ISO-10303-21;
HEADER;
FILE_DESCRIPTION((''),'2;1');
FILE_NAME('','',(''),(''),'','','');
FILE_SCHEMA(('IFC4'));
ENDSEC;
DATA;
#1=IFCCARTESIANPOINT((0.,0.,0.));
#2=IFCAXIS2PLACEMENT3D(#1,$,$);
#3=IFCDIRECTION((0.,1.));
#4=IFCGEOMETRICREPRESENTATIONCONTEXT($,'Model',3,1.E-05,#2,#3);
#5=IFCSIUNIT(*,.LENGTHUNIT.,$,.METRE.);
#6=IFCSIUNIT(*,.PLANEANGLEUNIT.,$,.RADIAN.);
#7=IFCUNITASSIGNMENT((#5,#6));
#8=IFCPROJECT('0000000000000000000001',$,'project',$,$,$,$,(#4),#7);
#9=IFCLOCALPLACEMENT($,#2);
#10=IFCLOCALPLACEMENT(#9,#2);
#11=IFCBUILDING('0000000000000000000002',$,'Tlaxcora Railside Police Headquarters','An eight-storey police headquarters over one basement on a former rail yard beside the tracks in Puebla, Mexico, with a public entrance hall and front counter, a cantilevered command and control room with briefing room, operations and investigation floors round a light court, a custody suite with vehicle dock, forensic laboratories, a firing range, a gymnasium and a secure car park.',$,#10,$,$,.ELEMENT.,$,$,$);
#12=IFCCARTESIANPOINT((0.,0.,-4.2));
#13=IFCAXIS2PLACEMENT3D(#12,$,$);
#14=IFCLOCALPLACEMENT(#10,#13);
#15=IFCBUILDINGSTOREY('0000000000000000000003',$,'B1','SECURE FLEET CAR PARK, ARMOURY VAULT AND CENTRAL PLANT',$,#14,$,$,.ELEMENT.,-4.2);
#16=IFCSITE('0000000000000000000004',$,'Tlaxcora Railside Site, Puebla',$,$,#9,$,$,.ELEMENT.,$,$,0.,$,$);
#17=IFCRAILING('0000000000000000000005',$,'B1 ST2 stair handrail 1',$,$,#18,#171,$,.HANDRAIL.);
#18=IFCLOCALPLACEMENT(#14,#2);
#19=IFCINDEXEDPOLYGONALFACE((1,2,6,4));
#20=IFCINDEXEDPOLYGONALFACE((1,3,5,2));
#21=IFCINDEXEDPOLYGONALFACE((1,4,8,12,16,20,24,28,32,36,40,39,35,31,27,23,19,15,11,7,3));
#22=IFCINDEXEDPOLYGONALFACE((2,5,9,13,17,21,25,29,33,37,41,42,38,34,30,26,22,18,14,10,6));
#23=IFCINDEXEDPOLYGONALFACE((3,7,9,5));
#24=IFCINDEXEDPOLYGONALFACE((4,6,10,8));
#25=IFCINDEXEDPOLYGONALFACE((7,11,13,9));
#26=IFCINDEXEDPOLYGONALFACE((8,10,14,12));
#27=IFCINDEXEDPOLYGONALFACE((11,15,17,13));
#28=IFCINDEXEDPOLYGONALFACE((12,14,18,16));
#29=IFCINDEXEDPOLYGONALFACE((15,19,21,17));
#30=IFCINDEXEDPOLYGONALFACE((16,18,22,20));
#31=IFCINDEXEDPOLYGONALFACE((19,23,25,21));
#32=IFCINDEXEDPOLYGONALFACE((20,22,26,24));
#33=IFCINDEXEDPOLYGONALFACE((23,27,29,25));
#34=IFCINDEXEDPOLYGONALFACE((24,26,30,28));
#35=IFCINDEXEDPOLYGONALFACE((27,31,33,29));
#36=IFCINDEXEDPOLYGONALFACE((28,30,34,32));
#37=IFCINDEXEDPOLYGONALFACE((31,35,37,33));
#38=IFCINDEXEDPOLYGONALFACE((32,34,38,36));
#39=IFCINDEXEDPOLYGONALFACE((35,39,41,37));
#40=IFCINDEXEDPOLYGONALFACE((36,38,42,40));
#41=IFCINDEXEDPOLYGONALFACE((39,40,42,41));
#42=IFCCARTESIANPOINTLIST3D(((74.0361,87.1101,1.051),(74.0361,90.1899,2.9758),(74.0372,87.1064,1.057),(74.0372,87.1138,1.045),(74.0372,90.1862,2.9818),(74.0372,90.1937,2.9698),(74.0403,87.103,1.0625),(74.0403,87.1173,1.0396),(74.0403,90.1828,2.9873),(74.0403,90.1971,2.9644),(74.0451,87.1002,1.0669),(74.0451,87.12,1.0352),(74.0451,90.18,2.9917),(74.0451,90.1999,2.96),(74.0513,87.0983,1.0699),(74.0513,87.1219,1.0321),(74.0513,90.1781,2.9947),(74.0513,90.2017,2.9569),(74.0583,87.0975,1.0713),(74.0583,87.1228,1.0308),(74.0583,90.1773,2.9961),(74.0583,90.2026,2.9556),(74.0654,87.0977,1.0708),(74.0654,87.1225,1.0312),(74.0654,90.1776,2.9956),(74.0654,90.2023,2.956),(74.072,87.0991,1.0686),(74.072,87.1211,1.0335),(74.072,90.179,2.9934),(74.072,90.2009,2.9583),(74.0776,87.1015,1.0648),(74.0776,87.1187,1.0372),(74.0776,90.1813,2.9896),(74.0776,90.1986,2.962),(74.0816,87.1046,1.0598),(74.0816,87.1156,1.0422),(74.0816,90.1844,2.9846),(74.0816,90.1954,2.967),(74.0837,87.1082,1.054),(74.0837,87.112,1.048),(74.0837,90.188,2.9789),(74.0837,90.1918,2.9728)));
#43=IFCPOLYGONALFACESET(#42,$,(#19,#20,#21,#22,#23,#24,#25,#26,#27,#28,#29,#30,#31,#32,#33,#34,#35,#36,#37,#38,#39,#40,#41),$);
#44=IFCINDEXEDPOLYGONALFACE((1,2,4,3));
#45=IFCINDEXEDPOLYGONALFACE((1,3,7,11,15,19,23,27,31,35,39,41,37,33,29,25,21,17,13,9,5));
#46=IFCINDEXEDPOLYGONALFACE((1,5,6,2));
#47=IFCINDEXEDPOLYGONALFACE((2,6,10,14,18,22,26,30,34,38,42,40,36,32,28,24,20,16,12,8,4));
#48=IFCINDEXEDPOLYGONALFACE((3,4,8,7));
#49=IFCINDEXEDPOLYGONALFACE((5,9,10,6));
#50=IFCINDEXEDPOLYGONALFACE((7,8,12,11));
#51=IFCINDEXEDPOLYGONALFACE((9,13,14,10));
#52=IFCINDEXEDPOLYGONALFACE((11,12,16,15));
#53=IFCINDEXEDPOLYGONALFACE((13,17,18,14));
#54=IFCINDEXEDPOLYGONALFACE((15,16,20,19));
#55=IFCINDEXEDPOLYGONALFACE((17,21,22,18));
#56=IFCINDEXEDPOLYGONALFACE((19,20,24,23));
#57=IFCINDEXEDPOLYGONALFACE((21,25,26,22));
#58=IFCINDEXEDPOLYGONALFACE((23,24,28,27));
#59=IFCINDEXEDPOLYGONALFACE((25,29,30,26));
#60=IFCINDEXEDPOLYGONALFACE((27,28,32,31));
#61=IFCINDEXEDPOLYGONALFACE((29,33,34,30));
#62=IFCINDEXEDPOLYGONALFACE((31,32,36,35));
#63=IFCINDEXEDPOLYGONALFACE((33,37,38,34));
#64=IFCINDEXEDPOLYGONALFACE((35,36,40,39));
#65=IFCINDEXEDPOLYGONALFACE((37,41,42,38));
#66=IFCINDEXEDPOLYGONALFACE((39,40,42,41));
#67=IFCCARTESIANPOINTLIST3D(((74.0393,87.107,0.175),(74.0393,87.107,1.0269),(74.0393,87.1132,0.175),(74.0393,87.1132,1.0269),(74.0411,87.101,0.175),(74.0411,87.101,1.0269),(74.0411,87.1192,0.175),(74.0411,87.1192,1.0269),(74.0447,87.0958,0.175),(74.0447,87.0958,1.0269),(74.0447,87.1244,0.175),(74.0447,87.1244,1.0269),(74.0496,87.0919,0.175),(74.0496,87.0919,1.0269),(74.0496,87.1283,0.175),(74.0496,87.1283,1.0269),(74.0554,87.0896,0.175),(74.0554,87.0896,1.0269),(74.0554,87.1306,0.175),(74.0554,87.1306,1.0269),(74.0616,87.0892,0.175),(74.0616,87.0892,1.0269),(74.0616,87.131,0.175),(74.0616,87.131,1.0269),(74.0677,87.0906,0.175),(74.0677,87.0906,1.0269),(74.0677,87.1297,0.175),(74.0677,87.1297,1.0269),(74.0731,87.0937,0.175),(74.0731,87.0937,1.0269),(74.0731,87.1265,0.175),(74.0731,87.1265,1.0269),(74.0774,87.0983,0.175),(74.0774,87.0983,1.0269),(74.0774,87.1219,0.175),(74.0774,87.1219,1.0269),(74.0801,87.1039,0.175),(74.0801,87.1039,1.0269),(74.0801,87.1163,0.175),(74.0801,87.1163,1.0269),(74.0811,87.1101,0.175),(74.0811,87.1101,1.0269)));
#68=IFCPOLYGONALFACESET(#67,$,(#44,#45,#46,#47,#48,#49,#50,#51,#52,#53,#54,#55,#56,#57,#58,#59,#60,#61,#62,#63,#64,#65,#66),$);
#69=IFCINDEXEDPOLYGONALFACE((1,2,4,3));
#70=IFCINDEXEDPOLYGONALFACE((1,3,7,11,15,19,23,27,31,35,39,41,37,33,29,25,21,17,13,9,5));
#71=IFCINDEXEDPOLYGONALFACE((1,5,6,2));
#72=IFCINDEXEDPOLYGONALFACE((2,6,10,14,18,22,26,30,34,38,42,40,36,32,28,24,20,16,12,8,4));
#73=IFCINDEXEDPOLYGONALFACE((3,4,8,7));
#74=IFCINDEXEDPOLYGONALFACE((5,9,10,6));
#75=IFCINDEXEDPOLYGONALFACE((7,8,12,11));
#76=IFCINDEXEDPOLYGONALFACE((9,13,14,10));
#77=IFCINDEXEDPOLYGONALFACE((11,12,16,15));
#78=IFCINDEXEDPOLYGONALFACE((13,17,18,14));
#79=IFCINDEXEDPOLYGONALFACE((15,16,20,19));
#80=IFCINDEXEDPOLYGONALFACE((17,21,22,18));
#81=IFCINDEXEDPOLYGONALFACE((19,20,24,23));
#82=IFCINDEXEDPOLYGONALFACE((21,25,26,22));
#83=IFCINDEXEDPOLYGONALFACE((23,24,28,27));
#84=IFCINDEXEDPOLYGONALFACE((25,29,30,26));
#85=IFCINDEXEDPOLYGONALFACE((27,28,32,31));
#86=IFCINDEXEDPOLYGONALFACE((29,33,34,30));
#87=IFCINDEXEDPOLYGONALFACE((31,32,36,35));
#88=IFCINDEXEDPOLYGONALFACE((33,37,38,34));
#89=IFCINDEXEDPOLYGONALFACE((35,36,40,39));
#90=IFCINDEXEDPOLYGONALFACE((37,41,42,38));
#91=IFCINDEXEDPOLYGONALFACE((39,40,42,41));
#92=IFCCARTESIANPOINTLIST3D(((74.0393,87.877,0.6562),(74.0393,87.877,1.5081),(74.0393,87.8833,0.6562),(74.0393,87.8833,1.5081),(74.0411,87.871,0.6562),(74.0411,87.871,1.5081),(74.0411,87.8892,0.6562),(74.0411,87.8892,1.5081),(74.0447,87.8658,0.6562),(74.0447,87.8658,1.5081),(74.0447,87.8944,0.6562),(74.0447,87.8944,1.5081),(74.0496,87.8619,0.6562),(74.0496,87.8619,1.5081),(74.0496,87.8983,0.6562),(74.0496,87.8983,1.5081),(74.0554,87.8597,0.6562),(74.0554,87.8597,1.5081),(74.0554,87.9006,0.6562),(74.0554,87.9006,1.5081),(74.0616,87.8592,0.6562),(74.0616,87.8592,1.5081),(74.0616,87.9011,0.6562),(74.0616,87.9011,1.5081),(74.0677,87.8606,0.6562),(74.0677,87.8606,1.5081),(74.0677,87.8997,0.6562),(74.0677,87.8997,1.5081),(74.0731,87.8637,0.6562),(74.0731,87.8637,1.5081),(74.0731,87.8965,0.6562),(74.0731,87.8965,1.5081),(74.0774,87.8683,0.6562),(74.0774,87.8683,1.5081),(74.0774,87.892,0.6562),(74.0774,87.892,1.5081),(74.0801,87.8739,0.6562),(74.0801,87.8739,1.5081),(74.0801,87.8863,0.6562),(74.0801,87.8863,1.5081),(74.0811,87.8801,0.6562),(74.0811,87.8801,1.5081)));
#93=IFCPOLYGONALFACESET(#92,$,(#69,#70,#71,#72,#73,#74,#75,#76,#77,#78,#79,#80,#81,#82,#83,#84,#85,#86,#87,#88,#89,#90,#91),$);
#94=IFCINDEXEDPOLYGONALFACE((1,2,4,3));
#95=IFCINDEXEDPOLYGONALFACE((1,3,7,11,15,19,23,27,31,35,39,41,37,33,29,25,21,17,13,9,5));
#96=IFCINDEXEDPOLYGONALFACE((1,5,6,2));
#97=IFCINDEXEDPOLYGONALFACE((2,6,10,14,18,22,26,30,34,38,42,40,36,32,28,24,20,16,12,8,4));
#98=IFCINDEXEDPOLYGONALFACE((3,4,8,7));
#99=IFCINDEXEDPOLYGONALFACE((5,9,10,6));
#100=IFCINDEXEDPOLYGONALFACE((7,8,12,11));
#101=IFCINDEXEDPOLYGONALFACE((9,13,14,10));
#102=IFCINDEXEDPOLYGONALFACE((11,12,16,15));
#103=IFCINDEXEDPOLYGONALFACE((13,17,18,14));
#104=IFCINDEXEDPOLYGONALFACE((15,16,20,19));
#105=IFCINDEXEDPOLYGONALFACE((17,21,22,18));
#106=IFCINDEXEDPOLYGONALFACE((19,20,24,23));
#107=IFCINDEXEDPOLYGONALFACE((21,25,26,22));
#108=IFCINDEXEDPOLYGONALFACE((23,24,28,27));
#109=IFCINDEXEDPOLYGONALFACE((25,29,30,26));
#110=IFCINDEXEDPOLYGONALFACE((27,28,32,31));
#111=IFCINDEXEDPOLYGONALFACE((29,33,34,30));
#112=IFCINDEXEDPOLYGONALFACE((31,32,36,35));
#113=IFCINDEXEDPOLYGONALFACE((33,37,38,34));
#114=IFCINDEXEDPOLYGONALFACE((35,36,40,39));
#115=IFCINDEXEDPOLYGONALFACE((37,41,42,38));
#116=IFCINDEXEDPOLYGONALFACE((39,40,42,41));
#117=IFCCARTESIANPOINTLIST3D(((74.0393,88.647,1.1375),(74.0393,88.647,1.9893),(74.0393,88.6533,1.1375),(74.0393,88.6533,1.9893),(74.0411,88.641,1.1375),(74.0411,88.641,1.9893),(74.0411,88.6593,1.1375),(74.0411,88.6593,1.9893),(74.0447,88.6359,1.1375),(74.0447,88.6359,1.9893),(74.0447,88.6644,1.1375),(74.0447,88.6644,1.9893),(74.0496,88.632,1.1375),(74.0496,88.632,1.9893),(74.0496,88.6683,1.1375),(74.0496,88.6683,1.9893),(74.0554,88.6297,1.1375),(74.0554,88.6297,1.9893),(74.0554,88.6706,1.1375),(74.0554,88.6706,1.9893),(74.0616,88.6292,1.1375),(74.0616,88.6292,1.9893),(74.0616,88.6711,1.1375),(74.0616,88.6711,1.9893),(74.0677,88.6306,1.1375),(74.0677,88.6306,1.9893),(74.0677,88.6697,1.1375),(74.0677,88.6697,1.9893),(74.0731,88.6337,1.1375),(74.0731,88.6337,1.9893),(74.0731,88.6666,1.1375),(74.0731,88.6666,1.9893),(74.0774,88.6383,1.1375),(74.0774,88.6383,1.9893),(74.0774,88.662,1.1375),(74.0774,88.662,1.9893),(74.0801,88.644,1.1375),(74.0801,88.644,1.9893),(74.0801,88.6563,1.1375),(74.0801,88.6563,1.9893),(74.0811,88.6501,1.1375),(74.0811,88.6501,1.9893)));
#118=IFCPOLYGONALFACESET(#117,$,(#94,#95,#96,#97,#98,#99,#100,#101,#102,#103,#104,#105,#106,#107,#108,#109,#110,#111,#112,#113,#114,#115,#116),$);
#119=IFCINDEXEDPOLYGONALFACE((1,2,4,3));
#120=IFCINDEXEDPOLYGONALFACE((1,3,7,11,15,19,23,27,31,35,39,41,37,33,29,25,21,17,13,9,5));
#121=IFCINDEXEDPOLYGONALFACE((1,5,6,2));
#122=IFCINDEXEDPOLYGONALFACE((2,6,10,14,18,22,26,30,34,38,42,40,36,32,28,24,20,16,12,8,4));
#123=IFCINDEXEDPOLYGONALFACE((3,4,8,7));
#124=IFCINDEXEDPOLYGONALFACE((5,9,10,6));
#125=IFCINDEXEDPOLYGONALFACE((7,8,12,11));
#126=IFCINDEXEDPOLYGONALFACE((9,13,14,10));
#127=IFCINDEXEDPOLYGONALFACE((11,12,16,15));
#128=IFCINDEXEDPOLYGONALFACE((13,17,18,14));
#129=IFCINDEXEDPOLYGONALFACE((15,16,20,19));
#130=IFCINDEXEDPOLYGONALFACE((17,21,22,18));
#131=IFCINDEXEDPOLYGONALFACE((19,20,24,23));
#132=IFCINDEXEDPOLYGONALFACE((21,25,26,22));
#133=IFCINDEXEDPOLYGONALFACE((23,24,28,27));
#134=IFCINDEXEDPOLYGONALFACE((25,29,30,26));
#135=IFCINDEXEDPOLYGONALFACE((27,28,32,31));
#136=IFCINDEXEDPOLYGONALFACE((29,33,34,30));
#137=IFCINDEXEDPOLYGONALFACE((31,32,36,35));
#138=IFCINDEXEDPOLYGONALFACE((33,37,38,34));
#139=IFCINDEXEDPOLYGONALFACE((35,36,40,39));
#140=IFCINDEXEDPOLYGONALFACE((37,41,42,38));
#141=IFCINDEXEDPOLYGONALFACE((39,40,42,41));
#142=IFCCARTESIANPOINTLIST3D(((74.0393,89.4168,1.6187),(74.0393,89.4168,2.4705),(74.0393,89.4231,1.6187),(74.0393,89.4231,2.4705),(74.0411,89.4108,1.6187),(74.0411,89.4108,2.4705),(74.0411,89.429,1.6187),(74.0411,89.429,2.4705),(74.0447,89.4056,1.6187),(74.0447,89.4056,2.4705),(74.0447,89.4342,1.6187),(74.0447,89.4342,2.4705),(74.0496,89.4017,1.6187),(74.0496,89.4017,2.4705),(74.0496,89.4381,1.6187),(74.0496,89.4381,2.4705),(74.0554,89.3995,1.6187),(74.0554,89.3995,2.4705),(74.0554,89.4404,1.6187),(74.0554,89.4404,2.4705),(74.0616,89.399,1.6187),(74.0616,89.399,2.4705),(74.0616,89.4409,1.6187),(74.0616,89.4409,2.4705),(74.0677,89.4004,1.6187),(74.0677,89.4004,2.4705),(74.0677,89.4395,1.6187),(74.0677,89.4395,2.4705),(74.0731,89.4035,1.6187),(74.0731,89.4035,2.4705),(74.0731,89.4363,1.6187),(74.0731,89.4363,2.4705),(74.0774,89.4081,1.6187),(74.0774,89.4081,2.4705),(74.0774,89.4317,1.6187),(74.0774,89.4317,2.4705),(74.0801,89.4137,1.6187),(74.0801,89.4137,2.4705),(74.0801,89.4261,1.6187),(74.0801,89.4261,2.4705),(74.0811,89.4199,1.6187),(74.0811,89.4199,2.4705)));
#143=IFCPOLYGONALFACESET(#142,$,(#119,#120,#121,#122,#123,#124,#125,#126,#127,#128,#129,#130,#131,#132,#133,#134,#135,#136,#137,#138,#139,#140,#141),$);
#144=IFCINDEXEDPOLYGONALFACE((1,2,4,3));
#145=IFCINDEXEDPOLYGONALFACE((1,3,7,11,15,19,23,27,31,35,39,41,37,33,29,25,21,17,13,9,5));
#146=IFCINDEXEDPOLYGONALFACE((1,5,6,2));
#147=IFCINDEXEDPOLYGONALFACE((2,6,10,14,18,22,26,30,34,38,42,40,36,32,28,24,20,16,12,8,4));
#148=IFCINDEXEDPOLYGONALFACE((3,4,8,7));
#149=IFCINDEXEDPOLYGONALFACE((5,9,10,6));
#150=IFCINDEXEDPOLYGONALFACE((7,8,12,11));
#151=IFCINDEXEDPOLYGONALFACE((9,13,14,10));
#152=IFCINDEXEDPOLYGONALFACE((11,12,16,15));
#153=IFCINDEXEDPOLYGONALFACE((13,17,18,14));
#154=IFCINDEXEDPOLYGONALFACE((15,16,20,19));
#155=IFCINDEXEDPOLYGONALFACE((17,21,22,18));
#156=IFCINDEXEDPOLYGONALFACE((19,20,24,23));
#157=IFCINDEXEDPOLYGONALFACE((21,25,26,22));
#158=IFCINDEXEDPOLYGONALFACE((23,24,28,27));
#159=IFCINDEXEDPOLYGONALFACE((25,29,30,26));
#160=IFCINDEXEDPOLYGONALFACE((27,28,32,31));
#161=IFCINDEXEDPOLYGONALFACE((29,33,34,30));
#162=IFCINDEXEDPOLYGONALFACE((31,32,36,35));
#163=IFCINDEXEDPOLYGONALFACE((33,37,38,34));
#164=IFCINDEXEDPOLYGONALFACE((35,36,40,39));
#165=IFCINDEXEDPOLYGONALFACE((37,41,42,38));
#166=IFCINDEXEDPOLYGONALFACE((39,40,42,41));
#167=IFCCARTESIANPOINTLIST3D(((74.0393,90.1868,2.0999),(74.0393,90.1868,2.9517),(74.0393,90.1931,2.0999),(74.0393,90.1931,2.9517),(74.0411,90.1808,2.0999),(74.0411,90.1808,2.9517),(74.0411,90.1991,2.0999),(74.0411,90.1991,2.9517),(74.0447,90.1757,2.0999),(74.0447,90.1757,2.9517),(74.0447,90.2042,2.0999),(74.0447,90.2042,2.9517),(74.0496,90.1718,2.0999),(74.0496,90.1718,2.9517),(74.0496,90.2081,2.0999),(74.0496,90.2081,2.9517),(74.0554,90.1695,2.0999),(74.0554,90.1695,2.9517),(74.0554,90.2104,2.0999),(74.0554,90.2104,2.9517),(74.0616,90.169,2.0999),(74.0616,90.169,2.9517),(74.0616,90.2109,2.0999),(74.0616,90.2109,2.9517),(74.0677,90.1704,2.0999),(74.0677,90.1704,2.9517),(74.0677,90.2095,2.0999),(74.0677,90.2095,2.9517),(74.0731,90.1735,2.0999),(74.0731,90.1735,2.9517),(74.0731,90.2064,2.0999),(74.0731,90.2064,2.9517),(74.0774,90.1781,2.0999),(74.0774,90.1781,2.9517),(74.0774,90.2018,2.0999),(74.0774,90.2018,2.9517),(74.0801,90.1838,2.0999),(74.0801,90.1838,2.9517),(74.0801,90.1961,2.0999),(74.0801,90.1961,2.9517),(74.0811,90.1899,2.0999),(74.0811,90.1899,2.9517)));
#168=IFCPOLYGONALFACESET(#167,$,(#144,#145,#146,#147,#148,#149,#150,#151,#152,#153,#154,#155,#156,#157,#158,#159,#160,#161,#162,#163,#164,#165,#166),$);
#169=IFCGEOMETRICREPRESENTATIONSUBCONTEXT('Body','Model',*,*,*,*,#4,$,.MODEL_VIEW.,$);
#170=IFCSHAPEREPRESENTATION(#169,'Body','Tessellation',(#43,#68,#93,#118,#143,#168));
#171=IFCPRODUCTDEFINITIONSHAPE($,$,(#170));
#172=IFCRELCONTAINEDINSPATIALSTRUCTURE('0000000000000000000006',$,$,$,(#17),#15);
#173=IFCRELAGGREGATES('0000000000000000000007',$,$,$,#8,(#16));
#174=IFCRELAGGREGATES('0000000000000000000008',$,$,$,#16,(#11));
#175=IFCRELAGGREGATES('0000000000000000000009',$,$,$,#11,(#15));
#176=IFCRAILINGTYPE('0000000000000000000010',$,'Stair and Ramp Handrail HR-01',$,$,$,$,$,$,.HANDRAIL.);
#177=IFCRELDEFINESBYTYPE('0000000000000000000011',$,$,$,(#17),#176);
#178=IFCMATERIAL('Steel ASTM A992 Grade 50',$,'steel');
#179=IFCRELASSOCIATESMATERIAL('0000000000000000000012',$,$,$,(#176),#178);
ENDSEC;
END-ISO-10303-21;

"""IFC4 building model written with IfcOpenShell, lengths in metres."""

from ifc_helpers import new_model, si_unit, direction, frame, origin, origin_2d, place, context, subcontext, project, spatial, circle, extrude, material, type_object, element, save


model = new_model("IFC4")

# Units and contexts
model_context = context("Model", 3, precision=1e-05, world=origin(), true_north=direction((0.0, 1.0)))
body_context = subcontext(model_context, "Body", "Model", "MODEL_VIEW")
ifc_project = project(units=[si_unit("LENGTHUNIT", "METRE"), si_unit("PLANEANGLEUNIT", "RADIAN")], contexts=[model_context])

# Site, building, storey
site_placement = place(None, origin())
site = spatial("IfcSite", under=ifc_project, at=site_placement, Name="Tlaxcora Railside Site, Puebla", CompositionType="ELEMENT", RefElevation=0.0)
building_placement = place(site_placement, origin())
building = spatial("IfcBuilding", under=site, at=building_placement, Name="Tlaxcora Railside Police Headquarters", Description="An eight-storey police headquarters over one basement on a former rail yard beside the tracks in Puebla, Mexico, with a public entrance hall and front counter, a cantilevered command and control room with briefing room, operations and investigation floors round a light court, a custody suite with vehicle dock, forensic laboratories, a firing range, a gymnasium and a secure car park.", CompositionType="ELEMENT")
storey_placement = place(building_placement, frame((0.0, 0.0, -4.2)))
storey = spatial("IfcBuildingStorey", under=building, at=storey_placement, Name="B1", Description="SECURE FLEET CAR PARK, ARMOURY VAULT AND CENTRAL PLANT", CompositionType="ELEMENT", Elevation=-4.2)

# Shared definitions
ifc_material_1 = material(Name="Steel ASTM A992 Grade 50", Category="steel")

# Railing
railing_type_1 = type_object("IfcRailingType", Name="Stair and Ramp Handrail HR-01", PredefinedType="HANDRAIL", material=ifc_material_1)
railing_1_placement = place(storey_placement, frame((74.0601, 87.1101, 0.175)))
element("IfcRailing", 1, at=railing_1_placement, inside=storey, type_object=railing_type_1, Name="B1 ST2 stair handrail 1", PredefinedType="HANDRAIL", context=body_context, shape_type="SweptSolid", body=[
    extrude(circle(Radius=0.0239, at=origin_2d()), frame((0.0, 0.0, 0.876), z_axis=(0.0, 0.84801, 0.529981), x_axis=(-1.0, 0.0, 0.0)), (0.0, 0.0, 1.0), 3.6318),
    extrude(circle(Radius=0.021, at=origin_2d()), origin(), (0.0, 0.0, 1.0), 0.8518),
    extrude(circle(Radius=0.021, at=origin_2d()), frame((0.0, 0.77, 0.4812)), (0.0, 0.0, 1.0), 0.8518),
    extrude(circle(Radius=0.021, at=origin_2d()), frame((0.0, 1.54, 0.9624)), (0.0, 0.0, 1.0), 0.8518),
    extrude(circle(Radius=0.021, at=origin_2d()), frame((0.0, 2.3098, 1.4436)), (0.0, 0.0, 1.0), 0.8518),
    extrude(circle(Radius=0.021, at=origin_2d()), frame((0.0, 3.0798, 1.9248)), (0.0, 0.0, 1.0), 0.8518),
])

save(model, "model.ifc")
